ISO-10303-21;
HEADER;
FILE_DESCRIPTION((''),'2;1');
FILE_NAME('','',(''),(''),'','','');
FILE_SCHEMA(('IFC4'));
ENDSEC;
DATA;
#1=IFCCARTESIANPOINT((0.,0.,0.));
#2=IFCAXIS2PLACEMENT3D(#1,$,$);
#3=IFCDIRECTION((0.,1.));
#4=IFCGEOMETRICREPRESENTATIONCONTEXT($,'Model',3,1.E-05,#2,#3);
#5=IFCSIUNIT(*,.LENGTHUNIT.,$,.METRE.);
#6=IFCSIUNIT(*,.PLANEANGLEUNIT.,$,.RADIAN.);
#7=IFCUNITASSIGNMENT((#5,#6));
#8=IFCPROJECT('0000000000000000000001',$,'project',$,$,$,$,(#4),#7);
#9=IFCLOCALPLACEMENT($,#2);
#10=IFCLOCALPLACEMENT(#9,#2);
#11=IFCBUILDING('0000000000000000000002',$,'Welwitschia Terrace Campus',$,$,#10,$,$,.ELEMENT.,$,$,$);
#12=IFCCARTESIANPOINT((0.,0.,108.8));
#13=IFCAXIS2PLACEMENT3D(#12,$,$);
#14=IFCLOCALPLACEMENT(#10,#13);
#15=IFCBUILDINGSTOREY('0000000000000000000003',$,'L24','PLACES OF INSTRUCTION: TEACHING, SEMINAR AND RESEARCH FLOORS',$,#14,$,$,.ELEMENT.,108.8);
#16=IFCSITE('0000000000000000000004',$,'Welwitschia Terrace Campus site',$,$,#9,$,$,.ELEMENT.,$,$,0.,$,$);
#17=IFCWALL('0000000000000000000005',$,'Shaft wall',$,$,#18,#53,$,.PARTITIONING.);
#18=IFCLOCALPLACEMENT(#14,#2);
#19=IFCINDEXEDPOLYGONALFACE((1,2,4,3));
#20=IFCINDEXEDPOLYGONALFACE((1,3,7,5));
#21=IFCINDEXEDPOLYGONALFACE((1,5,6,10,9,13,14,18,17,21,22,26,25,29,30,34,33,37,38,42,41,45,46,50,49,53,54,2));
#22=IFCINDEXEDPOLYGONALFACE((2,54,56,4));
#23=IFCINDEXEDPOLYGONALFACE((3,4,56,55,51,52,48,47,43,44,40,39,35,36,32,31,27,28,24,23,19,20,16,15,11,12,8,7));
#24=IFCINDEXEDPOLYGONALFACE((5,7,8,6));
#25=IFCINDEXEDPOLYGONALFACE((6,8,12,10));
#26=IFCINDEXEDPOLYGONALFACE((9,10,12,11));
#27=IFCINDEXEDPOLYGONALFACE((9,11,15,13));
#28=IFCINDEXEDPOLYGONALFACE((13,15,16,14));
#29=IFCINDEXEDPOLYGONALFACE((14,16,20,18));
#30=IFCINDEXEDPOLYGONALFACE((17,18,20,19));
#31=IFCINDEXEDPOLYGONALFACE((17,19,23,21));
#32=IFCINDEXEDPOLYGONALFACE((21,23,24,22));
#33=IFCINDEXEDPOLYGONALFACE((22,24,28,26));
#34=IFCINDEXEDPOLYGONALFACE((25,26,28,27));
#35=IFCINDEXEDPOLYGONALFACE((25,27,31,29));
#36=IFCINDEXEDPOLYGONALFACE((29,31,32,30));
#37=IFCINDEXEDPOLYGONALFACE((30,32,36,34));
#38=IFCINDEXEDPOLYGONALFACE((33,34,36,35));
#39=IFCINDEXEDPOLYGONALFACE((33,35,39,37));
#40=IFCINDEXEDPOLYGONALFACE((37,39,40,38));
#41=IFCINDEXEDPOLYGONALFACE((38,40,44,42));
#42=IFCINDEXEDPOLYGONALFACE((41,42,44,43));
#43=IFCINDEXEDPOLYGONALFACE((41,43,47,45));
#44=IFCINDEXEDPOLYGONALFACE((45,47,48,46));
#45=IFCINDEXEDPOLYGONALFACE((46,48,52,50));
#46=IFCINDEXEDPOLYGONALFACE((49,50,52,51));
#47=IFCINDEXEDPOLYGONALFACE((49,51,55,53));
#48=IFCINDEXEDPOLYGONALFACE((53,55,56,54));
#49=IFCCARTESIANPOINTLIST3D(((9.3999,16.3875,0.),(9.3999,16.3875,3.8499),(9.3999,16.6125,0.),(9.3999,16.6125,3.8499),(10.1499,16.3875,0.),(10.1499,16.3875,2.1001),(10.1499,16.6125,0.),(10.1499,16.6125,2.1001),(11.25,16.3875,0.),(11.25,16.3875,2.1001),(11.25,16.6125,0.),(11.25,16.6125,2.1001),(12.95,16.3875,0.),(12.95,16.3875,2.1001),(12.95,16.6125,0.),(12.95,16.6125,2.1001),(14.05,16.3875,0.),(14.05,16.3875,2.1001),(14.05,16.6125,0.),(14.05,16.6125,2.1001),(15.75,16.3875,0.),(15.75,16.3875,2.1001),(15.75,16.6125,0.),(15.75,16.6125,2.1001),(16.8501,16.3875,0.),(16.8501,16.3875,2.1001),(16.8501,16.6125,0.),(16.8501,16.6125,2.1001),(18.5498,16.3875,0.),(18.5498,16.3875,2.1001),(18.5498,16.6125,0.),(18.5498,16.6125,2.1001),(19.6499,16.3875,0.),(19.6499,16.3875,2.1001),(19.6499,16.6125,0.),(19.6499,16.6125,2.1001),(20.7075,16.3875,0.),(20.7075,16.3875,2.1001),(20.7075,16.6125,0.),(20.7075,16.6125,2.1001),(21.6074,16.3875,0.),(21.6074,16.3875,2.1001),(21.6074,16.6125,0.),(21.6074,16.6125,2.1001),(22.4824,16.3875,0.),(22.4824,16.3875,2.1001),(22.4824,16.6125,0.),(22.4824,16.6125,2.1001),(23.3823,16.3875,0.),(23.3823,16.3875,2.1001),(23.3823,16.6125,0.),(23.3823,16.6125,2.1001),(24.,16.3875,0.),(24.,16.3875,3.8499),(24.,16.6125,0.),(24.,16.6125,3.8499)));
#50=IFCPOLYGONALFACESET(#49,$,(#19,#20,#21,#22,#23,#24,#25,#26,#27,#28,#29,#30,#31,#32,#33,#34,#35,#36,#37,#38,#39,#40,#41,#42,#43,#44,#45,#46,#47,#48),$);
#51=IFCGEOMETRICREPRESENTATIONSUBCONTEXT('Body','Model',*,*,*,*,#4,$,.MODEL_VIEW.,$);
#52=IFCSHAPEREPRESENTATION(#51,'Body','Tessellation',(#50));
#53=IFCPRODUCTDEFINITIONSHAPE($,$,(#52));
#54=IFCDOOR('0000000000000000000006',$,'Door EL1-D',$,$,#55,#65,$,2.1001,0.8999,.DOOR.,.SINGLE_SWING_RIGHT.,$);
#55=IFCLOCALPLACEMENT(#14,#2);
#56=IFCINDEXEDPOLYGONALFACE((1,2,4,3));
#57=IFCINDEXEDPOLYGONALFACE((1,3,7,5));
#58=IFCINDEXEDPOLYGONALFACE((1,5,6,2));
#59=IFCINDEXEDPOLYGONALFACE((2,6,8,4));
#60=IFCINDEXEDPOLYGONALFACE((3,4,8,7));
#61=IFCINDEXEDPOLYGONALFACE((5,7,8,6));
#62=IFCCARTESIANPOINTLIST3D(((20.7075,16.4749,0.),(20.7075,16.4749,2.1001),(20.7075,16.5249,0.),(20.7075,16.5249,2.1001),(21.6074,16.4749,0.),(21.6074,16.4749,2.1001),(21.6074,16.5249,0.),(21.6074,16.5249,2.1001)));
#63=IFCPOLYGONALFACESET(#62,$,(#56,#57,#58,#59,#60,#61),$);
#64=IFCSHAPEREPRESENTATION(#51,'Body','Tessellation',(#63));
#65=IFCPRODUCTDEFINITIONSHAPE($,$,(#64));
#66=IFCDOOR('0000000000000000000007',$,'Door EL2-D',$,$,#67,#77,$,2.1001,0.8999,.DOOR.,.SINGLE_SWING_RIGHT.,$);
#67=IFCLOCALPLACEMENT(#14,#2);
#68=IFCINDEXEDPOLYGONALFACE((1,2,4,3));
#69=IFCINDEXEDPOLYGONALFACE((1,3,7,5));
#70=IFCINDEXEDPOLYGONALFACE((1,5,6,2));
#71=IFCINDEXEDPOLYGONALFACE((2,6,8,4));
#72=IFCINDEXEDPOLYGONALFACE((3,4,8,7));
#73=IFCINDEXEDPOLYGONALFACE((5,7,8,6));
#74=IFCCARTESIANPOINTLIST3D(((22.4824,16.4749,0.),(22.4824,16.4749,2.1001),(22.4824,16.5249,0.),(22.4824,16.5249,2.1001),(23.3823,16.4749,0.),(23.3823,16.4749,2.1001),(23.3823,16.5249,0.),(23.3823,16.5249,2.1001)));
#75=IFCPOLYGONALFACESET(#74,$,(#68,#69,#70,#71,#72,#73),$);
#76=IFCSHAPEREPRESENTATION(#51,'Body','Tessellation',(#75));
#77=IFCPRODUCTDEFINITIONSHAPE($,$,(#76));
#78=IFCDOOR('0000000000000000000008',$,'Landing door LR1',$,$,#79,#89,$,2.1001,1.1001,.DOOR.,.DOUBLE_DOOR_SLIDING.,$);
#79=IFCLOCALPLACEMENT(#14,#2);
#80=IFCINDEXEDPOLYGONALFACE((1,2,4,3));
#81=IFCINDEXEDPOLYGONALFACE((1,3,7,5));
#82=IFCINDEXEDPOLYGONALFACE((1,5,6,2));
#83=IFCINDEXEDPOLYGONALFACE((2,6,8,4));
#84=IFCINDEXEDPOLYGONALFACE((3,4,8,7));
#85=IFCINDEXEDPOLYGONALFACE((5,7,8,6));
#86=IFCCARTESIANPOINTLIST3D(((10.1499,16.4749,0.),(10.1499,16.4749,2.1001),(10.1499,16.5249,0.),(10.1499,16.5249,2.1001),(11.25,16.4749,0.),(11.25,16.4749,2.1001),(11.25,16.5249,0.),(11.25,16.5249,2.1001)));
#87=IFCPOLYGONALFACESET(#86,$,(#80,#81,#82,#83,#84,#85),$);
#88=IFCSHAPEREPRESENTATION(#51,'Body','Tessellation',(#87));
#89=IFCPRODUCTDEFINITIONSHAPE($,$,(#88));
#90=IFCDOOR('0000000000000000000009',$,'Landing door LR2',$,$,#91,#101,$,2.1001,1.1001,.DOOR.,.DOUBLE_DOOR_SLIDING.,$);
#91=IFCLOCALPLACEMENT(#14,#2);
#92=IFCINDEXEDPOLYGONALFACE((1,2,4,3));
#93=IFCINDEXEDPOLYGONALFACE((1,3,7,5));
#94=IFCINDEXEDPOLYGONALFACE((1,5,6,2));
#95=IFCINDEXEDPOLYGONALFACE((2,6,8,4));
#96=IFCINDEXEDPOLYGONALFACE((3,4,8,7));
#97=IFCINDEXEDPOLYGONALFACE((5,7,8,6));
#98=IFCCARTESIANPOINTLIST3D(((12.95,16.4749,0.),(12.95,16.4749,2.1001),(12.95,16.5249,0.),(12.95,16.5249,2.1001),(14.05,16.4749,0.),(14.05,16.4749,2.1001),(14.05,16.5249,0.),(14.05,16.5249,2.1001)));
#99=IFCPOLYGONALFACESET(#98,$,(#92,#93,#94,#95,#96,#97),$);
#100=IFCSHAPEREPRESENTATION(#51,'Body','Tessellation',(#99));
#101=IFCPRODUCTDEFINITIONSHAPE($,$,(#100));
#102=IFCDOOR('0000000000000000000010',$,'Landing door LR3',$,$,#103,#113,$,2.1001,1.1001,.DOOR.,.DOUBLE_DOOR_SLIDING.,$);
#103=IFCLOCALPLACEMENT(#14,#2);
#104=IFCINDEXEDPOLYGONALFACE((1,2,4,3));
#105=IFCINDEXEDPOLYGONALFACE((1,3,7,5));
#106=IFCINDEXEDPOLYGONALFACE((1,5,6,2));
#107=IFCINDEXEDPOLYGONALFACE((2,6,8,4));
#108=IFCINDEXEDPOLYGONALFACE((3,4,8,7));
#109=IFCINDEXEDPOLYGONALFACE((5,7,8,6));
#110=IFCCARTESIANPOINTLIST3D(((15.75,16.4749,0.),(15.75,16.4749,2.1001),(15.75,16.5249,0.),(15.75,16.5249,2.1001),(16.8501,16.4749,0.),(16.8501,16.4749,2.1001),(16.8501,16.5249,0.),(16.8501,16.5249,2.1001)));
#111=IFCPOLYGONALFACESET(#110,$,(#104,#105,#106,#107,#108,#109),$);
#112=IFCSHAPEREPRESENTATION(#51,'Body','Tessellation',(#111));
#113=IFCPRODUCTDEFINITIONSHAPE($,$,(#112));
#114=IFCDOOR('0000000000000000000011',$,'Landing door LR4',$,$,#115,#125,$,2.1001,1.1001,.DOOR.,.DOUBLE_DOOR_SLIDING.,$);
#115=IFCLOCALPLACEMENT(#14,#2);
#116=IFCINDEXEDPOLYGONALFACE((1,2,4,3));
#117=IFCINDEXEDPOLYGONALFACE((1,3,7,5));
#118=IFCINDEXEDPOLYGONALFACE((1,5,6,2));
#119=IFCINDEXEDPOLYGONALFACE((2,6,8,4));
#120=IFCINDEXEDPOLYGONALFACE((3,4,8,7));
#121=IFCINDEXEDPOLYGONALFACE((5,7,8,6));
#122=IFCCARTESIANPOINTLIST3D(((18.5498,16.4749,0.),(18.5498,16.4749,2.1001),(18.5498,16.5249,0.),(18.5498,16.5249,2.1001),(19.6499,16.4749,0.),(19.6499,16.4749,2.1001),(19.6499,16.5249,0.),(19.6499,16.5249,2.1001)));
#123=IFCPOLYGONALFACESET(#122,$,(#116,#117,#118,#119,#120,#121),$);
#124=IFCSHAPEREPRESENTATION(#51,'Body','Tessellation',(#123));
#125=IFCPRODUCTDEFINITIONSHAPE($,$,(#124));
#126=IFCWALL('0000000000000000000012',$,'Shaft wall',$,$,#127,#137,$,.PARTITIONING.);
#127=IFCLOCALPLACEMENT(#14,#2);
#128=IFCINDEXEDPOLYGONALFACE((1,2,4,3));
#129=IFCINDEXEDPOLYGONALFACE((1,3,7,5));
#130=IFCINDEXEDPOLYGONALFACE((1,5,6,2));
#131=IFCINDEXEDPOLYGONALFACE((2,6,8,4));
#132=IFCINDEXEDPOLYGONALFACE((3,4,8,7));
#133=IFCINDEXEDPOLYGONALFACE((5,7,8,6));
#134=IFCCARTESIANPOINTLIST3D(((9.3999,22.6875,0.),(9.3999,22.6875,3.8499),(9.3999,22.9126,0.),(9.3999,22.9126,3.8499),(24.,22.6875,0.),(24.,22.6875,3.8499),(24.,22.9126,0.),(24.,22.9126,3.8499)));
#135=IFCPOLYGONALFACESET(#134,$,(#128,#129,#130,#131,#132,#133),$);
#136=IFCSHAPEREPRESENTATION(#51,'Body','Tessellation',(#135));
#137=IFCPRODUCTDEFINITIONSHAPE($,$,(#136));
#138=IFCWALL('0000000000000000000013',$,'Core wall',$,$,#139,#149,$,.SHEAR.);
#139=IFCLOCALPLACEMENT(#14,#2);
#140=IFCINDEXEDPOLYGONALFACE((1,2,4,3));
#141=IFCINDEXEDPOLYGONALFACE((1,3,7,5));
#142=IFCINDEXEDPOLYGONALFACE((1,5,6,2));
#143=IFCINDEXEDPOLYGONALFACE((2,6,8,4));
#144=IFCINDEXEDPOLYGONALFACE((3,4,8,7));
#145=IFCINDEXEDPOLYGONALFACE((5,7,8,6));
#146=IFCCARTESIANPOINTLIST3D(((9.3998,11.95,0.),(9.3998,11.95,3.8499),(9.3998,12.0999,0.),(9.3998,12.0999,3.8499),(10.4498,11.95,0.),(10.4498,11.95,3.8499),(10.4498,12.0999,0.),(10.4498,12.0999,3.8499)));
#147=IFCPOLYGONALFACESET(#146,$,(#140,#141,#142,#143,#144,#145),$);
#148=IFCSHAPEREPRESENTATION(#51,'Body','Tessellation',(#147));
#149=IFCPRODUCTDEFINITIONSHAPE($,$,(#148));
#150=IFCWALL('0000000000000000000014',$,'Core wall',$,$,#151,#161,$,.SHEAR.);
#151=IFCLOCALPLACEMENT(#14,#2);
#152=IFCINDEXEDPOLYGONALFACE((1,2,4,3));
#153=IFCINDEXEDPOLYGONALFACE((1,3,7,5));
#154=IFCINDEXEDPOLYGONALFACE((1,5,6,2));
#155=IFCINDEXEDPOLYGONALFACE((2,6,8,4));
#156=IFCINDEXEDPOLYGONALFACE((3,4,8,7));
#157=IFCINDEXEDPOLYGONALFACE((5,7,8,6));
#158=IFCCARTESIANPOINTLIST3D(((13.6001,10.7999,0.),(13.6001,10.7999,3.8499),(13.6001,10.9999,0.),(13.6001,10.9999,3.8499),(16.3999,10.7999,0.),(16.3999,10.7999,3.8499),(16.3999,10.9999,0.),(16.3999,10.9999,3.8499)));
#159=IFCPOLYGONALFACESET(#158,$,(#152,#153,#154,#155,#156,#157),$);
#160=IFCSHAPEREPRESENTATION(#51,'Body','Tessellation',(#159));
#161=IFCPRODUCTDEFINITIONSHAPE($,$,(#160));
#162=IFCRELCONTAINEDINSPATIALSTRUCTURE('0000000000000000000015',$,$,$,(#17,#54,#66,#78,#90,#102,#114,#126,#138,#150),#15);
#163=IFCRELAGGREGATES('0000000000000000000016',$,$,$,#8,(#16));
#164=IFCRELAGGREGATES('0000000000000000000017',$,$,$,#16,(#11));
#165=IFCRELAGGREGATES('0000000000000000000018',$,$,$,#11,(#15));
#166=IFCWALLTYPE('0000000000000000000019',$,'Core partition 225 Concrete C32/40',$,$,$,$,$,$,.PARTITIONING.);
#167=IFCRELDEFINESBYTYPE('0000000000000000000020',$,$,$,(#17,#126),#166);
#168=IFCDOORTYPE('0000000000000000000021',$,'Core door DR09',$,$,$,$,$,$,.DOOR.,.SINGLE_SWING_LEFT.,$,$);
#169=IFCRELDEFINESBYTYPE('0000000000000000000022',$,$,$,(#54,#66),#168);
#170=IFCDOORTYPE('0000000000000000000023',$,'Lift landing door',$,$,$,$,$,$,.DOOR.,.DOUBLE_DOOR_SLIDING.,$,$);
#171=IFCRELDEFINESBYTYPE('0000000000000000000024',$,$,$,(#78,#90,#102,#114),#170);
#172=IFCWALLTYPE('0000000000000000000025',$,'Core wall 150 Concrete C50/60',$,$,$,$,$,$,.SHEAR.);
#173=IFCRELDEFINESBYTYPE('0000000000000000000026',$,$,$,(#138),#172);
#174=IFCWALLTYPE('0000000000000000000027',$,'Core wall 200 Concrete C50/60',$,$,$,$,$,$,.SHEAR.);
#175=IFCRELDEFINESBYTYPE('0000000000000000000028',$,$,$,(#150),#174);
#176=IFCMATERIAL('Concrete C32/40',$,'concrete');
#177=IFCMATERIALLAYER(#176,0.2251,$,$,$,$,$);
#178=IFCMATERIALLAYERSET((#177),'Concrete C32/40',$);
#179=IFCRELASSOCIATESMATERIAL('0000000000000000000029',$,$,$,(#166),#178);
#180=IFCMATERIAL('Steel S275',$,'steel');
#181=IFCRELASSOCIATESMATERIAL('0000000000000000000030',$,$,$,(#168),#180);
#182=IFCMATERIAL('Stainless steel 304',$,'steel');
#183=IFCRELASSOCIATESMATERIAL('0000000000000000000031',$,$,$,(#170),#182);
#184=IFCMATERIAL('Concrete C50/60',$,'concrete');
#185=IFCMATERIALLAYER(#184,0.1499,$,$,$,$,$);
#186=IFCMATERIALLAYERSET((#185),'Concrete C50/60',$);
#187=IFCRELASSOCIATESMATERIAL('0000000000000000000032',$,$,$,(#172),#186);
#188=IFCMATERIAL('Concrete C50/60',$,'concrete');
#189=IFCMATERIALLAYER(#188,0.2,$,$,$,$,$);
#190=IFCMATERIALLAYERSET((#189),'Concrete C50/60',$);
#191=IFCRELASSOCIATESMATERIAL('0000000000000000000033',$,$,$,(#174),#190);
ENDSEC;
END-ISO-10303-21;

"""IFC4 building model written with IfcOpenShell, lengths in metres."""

from ifc_helpers import new_model, si_unit, direction, frame, frame_2d, origin, place, context, subcontext, project, spatial, rectangle, extrude, material, layer, layer_set, type_object, element, fill, save


model = new_model("IFC4")

# Units and contexts
model_context = context("Model", 3, precision=1e-05, world=origin(), true_north=direction((0.0, 1.0)))
body_context = subcontext(model_context, "Body", "Model", "MODEL_VIEW")
ifc_project = project(units=[si_unit("LENGTHUNIT", "METRE"), si_unit("PLANEANGLEUNIT", "RADIAN")], contexts=[model_context])

# Site, building, storey
site_placement = place(None, origin())
site = spatial("IfcSite", under=ifc_project, at=site_placement, Name="Welwitschia Terrace Campus site", CompositionType="ELEMENT", RefElevation=0.0)
building_placement = place(site_placement, origin())
building = spatial("IfcBuilding", under=site, at=building_placement, Name="Welwitschia Terrace Campus", CompositionType="ELEMENT")
storey_placement = place(building_placement, frame((0.0, 0.0, 108.8)))
storey = spatial("IfcBuildingStorey", under=building, at=storey_placement, Name="L24", Description="PLACES OF INSTRUCTION: TEACHING, SEMINAR AND RESEARCH FLOORS", CompositionType="ELEMENT", Elevation=108.8)

# Shared definitions
ifc_material_1 = material(Name="Concrete C32/40", Category="concrete")
ifc_layer_1 = layer(ifc_material_1, 0.2251)
ifc_layer_set_1 = layer_set([ifc_layer_1], Name="Concrete C32/40")
wall_type_1 = type_object("IfcWallType", Name="Core partition 225 Concrete C32/40", PredefinedType="PARTITIONING", material=ifc_layer_set_1)

# Wall, openings, doors
wall_1_placement = place(storey_placement, frame((9.3999, 16.5, 0.0), z_axis=(0.0, 0.0, 1.0), x_axis=(1.0, 0.0, 0.0)))
wall_1 = element("IfcWall", 1, at=wall_1_placement, inside=storey, type_object=wall_type_1, Name="Shaft wall", PredefinedType="PARTITIONING", context=body_context, shape_type="SweptSolid", body=[
    extrude(rectangle(XDim=14.6001, YDim=0.2251, at=frame_2d((7.3, 0.0))), origin(), (0.0, 0.0, 1.0), 3.8499),
])
opening_1_placement = place(wall_1_placement, frame((0.75, 0.0, 0.0)))
opening_1 = element("IfcOpeningElement", 2, at=opening_1_placement, cuts=wall_1, PredefinedType="OPENING", context=body_context, shape_type="SweptSolid", body=[
    extrude(rectangle(XDim=1.1001, YDim=2.1001, at=frame_2d((0.55, 1.05))), frame((0.0, 0.1226, 0.0), z_axis=(0.0, -1.0, 0.0), x_axis=(1.0, 0.0, 0.0)), (0.0, 0.0, 1.0), 0.2451),
])
opening_2_placement = place(wall_1_placement, frame((3.55, 0.0, 0.0)))
opening_2 = element("IfcOpeningElement", 3, at=opening_2_placement, cuts=wall_1, PredefinedType="OPENING", context=body_context, shape_type="SweptSolid", body=[
    extrude(rectangle(XDim=1.1001, YDim=2.1001, at=frame_2d((0.55, 1.05))), frame((0.0, 0.1226, 0.0), z_axis=(0.0, -1.0, 0.0), x_axis=(1.0, 0.0, 0.0)), (0.0, 0.0, 1.0), 0.2451),
])
opening_3_placement = place(wall_1_placement, frame((6.3501, 0.0, 0.0)))
opening_3 = element("IfcOpeningElement", 4, at=opening_3_placement, cuts=wall_1, PredefinedType="OPENING", context=body_context, shape_type="SweptSolid", body=[
    extrude(rectangle(XDim=1.1001, YDim=2.1001, at=frame_2d((0.55, 1.05))), frame((0.0, 0.1226, 0.0), z_axis=(0.0, -1.0, 0.0), x_axis=(1.0, 0.0, 0.0)), (0.0, 0.0, 1.0), 0.2451),
])
opening_4_placement = place(wall_1_placement, frame((9.1499, 0.0, 0.0)))
opening_4 = element("IfcOpeningElement", 5, at=opening_4_placement, cuts=wall_1, PredefinedType="OPENING", context=body_context, shape_type="SweptSolid", body=[
    extrude(rectangle(XDim=1.1001, YDim=2.1001, at=frame_2d((0.55, 1.05))), frame((0.0, 0.1226, 0.0), z_axis=(0.0, -1.0, 0.0), x_axis=(1.0, 0.0, 0.0)), (0.0, 0.0, 1.0), 0.2451),
])
opening_5_placement = place(wall_1_placement, frame((11.3076, 0.0, 0.0)))
opening_5 = element("IfcOpeningElement", 6, at=opening_5_placement, cuts=wall_1, PredefinedType="OPENING", context=body_context, shape_type="SweptSolid", body=[
    extrude(rectangle(XDim=0.8999, YDim=2.1001, at=frame_2d((0.45, 1.05))), frame((0.0, 0.1226, 0.0), z_axis=(0.0, -1.0, 0.0), x_axis=(1.0, 0.0, 0.0)), (0.0, 0.0, 1.0), 0.2451),
])
opening_6_placement = place(wall_1_placement, frame((13.0825, 0.0, 0.0)))
opening_6 = element("IfcOpeningElement", 7, at=opening_6_placement, cuts=wall_1, PredefinedType="OPENING", context=body_context, shape_type="SweptSolid", body=[
    extrude(rectangle(XDim=0.8999, YDim=2.1001, at=frame_2d((0.45, 1.05))), frame((0.0, 0.1226, 0.0), z_axis=(0.0, -1.0, 0.0), x_axis=(1.0, 0.0, 0.0)), (0.0, 0.0, 1.0), 0.2451),
])
ifc_material_2 = material(Name="Steel S275", Category="steel")
door_type_1 = type_object("IfcDoorType", Name="Core door DR09", OperationType="SINGLE_SWING_LEFT", PredefinedType="DOOR", material=ifc_material_2)
door_1_placement = place(opening_5_placement, origin())
door_1 = element("IfcDoor", 8, at=door_1_placement, inside=storey, type_object=door_type_1, Name="Door EL1-D", OperationType="SINGLE_SWING_RIGHT", OverallHeight=2.1001, OverallWidth=0.8999, PredefinedType="DOOR", context=body_context, shape_type="SweptSolid", body=[
    extrude(rectangle(XDim=0.8999, YDim=2.1001, at=frame_2d((0.45, 1.05))), frame((0.0, 0.0249, 0.0), z_axis=(0.0, -1.0, 0.0), x_axis=(1.0, 0.0, 0.0)), (0.0, 0.0, 1.0), 0.05),
])
fill(opening_5, door_1)
door_2_placement = place(opening_6_placement, origin())
door_2 = element("IfcDoor", 9, at=door_2_placement, inside=storey, type_object=door_type_1, Name="Door EL2-D", OperationType="SINGLE_SWING_RIGHT", OverallHeight=2.1001, OverallWidth=0.8999, PredefinedType="DOOR", context=body_context, shape_type="SweptSolid", body=[
    extrude(rectangle(XDim=0.8999, YDim=2.1001, at=frame_2d((0.45, 1.05))), frame((0.0, 0.0249, 0.0), z_axis=(0.0, -1.0, 0.0), x_axis=(1.0, 0.0, 0.0)), (0.0, 0.0, 1.0), 0.05),
])
fill(opening_6, door_2)
ifc_material_3 = material(Name="Stainless steel 304", Category="steel")
door_type_2 = type_object("IfcDoorType", Name="Lift landing door", OperationType="DOUBLE_DOOR_SLIDING", PredefinedType="DOOR", material=ifc_material_3)
door_3_placement = place(opening_1_placement, origin())
door_3 = element("IfcDoor", 10, at=door_3_placement, inside=storey, type_object=door_type_2, Name="Landing door LR1", OperationType="DOUBLE_DOOR_SLIDING", OverallHeight=2.1001, OverallWidth=1.1001, PredefinedType="DOOR", context=body_context, shape_type="SweptSolid", body=[
    extrude(rectangle(XDim=1.1001, YDim=2.1001, at=frame_2d((0.55, 1.05))), frame((0.0, 0.0249, 0.0), z_axis=(0.0, -1.0, 0.0), x_axis=(1.0, 0.0, 0.0)), (0.0, 0.0, 1.0), 0.05),
])
fill(opening_1, door_3)
door_4_placement = place(opening_2_placement, origin())
door_4 = element("IfcDoor", 11, at=door_4_placement, inside=storey, type_object=door_type_2, Name="Landing door LR2", OperationType="DOUBLE_DOOR_SLIDING", OverallHeight=2.1001, OverallWidth=1.1001, PredefinedType="DOOR", context=body_context, shape_type="SweptSolid", body=[
    extrude(rectangle(XDim=1.1001, YDim=2.1001, at=frame_2d((0.55, 1.05))), frame((0.0, 0.0249, 0.0), z_axis=(0.0, -1.0, 0.0), x_axis=(1.0, 0.0, 0.0)), (0.0, 0.0, 1.0), 0.05),
])
fill(opening_2, door_4)
door_5_placement = place(opening_3_placement, origin())
door_5 = element("IfcDoor", 12, at=door_5_placement, inside=storey, type_object=door_type_2, Name="Landing door LR3", OperationType="DOUBLE_DOOR_SLIDING", OverallHeight=2.1001, OverallWidth=1.1001, PredefinedType="DOOR", context=body_context, shape_type="SweptSolid", body=[
    extrude(rectangle(XDim=1.1001, YDim=2.1001, at=frame_2d((0.55, 1.05))), frame((0.0, 0.0249, 0.0), z_axis=(0.0, -1.0, 0.0), x_axis=(1.0, 0.0, 0.0)), (0.0, 0.0, 1.0), 0.05),
])
fill(opening_3, door_5)
door_6_placement = place(opening_4_placement, origin())
door_6 = element("IfcDoor", 13, at=door_6_placement, inside=storey, type_object=door_type_2, Name="Landing door LR4", OperationType="DOUBLE_DOOR_SLIDING", OverallHeight=2.1001, OverallWidth=1.1001, PredefinedType="DOOR", context=body_context, shape_type="SweptSolid", body=[
    extrude(rectangle(XDim=1.1001, YDim=2.1001, at=frame_2d((0.55, 1.05))), frame((0.0, 0.0249, 0.0), z_axis=(0.0, -1.0, 0.0), x_axis=(1.0, 0.0, 0.0)), (0.0, 0.0, 1.0), 0.05),
])
fill(opening_4, door_6)

# Walls
wall_2_placement = place(storey_placement, frame((9.3999, 22.8, 0.0), z_axis=(0.0, 0.0, 1.0), x_axis=(1.0, 0.0, 0.0)))
element("IfcWall", 14, at=wall_2_placement, inside=storey, type_object=wall_type_1, Name="Shaft wall", PredefinedType="PARTITIONING", context=body_context, shape_type="SweptSolid", body=[
    extrude(rectangle(XDim=14.6001, YDim=0.2251, at=frame_2d((7.3, 0.0))), origin(), (0.0, 0.0, 1.0), 3.8499),
])
ifc_material_4 = material(Name="Concrete C50/60", Category="concrete")
ifc_layer_2 = layer(ifc_material_4, 0.1499)
ifc_layer_set_2 = layer_set([ifc_layer_2], Name="Concrete C50/60")
wall_type_2 = type_object("IfcWallType", Name="Core wall 150 Concrete C50/60", PredefinedType="SHEAR", material=ifc_layer_set_2)
wall_3_placement = place(storey_placement, frame((9.3999, 12.0249, 0.0), z_axis=(0.0, 0.0, 1.0), x_axis=(1.0, 0.0, 0.0)))
element("IfcWall", 15, at=wall_3_placement, inside=storey, type_object=wall_type_2, Name="Core wall", PredefinedType="SHEAR", context=body_context, shape_type="SweptSolid", body=[
    extrude(rectangle(XDim=1.05, YDim=0.1499, at=frame_2d((0.5249, 0.0))), origin(), (0.0, 0.0, 1.0), 3.8499),
])
ifc_material_5 = material(Name="Concrete C50/60", Category="concrete")
ifc_layer_3 = layer(ifc_material_5, 0.2)
ifc_layer_set_3 = layer_set([ifc_layer_3], Name="Concrete C50/60")
wall_type_3 = type_object("IfcWallType", Name="Core wall 200 Concrete C50/60", PredefinedType="SHEAR", material=ifc_layer_set_3)
for number, where, z_axis, x_axis, name in (
    (16, (13.6001, 10.8999, 0.0), (0.0, 0.0, 1.0), (1.0, 0.0, 0.0), "Core wall"),
):
    element("IfcWall", number, at=place(storey_placement, frame(where, z_axis=z_axis, x_axis=x_axis)), inside=storey, type_object=wall_type_3, Name=name, PredefinedType="SHEAR", context=body_context, shape_type="SweptSolid", body=[
        extrude(rectangle(XDim=2.7998, YDim=0.2, at=frame_2d((1.3999, 0.0))), origin(), (0.0, 0.0, 1.0), 3.8499),
    ])

save(model, "model.ifc")
